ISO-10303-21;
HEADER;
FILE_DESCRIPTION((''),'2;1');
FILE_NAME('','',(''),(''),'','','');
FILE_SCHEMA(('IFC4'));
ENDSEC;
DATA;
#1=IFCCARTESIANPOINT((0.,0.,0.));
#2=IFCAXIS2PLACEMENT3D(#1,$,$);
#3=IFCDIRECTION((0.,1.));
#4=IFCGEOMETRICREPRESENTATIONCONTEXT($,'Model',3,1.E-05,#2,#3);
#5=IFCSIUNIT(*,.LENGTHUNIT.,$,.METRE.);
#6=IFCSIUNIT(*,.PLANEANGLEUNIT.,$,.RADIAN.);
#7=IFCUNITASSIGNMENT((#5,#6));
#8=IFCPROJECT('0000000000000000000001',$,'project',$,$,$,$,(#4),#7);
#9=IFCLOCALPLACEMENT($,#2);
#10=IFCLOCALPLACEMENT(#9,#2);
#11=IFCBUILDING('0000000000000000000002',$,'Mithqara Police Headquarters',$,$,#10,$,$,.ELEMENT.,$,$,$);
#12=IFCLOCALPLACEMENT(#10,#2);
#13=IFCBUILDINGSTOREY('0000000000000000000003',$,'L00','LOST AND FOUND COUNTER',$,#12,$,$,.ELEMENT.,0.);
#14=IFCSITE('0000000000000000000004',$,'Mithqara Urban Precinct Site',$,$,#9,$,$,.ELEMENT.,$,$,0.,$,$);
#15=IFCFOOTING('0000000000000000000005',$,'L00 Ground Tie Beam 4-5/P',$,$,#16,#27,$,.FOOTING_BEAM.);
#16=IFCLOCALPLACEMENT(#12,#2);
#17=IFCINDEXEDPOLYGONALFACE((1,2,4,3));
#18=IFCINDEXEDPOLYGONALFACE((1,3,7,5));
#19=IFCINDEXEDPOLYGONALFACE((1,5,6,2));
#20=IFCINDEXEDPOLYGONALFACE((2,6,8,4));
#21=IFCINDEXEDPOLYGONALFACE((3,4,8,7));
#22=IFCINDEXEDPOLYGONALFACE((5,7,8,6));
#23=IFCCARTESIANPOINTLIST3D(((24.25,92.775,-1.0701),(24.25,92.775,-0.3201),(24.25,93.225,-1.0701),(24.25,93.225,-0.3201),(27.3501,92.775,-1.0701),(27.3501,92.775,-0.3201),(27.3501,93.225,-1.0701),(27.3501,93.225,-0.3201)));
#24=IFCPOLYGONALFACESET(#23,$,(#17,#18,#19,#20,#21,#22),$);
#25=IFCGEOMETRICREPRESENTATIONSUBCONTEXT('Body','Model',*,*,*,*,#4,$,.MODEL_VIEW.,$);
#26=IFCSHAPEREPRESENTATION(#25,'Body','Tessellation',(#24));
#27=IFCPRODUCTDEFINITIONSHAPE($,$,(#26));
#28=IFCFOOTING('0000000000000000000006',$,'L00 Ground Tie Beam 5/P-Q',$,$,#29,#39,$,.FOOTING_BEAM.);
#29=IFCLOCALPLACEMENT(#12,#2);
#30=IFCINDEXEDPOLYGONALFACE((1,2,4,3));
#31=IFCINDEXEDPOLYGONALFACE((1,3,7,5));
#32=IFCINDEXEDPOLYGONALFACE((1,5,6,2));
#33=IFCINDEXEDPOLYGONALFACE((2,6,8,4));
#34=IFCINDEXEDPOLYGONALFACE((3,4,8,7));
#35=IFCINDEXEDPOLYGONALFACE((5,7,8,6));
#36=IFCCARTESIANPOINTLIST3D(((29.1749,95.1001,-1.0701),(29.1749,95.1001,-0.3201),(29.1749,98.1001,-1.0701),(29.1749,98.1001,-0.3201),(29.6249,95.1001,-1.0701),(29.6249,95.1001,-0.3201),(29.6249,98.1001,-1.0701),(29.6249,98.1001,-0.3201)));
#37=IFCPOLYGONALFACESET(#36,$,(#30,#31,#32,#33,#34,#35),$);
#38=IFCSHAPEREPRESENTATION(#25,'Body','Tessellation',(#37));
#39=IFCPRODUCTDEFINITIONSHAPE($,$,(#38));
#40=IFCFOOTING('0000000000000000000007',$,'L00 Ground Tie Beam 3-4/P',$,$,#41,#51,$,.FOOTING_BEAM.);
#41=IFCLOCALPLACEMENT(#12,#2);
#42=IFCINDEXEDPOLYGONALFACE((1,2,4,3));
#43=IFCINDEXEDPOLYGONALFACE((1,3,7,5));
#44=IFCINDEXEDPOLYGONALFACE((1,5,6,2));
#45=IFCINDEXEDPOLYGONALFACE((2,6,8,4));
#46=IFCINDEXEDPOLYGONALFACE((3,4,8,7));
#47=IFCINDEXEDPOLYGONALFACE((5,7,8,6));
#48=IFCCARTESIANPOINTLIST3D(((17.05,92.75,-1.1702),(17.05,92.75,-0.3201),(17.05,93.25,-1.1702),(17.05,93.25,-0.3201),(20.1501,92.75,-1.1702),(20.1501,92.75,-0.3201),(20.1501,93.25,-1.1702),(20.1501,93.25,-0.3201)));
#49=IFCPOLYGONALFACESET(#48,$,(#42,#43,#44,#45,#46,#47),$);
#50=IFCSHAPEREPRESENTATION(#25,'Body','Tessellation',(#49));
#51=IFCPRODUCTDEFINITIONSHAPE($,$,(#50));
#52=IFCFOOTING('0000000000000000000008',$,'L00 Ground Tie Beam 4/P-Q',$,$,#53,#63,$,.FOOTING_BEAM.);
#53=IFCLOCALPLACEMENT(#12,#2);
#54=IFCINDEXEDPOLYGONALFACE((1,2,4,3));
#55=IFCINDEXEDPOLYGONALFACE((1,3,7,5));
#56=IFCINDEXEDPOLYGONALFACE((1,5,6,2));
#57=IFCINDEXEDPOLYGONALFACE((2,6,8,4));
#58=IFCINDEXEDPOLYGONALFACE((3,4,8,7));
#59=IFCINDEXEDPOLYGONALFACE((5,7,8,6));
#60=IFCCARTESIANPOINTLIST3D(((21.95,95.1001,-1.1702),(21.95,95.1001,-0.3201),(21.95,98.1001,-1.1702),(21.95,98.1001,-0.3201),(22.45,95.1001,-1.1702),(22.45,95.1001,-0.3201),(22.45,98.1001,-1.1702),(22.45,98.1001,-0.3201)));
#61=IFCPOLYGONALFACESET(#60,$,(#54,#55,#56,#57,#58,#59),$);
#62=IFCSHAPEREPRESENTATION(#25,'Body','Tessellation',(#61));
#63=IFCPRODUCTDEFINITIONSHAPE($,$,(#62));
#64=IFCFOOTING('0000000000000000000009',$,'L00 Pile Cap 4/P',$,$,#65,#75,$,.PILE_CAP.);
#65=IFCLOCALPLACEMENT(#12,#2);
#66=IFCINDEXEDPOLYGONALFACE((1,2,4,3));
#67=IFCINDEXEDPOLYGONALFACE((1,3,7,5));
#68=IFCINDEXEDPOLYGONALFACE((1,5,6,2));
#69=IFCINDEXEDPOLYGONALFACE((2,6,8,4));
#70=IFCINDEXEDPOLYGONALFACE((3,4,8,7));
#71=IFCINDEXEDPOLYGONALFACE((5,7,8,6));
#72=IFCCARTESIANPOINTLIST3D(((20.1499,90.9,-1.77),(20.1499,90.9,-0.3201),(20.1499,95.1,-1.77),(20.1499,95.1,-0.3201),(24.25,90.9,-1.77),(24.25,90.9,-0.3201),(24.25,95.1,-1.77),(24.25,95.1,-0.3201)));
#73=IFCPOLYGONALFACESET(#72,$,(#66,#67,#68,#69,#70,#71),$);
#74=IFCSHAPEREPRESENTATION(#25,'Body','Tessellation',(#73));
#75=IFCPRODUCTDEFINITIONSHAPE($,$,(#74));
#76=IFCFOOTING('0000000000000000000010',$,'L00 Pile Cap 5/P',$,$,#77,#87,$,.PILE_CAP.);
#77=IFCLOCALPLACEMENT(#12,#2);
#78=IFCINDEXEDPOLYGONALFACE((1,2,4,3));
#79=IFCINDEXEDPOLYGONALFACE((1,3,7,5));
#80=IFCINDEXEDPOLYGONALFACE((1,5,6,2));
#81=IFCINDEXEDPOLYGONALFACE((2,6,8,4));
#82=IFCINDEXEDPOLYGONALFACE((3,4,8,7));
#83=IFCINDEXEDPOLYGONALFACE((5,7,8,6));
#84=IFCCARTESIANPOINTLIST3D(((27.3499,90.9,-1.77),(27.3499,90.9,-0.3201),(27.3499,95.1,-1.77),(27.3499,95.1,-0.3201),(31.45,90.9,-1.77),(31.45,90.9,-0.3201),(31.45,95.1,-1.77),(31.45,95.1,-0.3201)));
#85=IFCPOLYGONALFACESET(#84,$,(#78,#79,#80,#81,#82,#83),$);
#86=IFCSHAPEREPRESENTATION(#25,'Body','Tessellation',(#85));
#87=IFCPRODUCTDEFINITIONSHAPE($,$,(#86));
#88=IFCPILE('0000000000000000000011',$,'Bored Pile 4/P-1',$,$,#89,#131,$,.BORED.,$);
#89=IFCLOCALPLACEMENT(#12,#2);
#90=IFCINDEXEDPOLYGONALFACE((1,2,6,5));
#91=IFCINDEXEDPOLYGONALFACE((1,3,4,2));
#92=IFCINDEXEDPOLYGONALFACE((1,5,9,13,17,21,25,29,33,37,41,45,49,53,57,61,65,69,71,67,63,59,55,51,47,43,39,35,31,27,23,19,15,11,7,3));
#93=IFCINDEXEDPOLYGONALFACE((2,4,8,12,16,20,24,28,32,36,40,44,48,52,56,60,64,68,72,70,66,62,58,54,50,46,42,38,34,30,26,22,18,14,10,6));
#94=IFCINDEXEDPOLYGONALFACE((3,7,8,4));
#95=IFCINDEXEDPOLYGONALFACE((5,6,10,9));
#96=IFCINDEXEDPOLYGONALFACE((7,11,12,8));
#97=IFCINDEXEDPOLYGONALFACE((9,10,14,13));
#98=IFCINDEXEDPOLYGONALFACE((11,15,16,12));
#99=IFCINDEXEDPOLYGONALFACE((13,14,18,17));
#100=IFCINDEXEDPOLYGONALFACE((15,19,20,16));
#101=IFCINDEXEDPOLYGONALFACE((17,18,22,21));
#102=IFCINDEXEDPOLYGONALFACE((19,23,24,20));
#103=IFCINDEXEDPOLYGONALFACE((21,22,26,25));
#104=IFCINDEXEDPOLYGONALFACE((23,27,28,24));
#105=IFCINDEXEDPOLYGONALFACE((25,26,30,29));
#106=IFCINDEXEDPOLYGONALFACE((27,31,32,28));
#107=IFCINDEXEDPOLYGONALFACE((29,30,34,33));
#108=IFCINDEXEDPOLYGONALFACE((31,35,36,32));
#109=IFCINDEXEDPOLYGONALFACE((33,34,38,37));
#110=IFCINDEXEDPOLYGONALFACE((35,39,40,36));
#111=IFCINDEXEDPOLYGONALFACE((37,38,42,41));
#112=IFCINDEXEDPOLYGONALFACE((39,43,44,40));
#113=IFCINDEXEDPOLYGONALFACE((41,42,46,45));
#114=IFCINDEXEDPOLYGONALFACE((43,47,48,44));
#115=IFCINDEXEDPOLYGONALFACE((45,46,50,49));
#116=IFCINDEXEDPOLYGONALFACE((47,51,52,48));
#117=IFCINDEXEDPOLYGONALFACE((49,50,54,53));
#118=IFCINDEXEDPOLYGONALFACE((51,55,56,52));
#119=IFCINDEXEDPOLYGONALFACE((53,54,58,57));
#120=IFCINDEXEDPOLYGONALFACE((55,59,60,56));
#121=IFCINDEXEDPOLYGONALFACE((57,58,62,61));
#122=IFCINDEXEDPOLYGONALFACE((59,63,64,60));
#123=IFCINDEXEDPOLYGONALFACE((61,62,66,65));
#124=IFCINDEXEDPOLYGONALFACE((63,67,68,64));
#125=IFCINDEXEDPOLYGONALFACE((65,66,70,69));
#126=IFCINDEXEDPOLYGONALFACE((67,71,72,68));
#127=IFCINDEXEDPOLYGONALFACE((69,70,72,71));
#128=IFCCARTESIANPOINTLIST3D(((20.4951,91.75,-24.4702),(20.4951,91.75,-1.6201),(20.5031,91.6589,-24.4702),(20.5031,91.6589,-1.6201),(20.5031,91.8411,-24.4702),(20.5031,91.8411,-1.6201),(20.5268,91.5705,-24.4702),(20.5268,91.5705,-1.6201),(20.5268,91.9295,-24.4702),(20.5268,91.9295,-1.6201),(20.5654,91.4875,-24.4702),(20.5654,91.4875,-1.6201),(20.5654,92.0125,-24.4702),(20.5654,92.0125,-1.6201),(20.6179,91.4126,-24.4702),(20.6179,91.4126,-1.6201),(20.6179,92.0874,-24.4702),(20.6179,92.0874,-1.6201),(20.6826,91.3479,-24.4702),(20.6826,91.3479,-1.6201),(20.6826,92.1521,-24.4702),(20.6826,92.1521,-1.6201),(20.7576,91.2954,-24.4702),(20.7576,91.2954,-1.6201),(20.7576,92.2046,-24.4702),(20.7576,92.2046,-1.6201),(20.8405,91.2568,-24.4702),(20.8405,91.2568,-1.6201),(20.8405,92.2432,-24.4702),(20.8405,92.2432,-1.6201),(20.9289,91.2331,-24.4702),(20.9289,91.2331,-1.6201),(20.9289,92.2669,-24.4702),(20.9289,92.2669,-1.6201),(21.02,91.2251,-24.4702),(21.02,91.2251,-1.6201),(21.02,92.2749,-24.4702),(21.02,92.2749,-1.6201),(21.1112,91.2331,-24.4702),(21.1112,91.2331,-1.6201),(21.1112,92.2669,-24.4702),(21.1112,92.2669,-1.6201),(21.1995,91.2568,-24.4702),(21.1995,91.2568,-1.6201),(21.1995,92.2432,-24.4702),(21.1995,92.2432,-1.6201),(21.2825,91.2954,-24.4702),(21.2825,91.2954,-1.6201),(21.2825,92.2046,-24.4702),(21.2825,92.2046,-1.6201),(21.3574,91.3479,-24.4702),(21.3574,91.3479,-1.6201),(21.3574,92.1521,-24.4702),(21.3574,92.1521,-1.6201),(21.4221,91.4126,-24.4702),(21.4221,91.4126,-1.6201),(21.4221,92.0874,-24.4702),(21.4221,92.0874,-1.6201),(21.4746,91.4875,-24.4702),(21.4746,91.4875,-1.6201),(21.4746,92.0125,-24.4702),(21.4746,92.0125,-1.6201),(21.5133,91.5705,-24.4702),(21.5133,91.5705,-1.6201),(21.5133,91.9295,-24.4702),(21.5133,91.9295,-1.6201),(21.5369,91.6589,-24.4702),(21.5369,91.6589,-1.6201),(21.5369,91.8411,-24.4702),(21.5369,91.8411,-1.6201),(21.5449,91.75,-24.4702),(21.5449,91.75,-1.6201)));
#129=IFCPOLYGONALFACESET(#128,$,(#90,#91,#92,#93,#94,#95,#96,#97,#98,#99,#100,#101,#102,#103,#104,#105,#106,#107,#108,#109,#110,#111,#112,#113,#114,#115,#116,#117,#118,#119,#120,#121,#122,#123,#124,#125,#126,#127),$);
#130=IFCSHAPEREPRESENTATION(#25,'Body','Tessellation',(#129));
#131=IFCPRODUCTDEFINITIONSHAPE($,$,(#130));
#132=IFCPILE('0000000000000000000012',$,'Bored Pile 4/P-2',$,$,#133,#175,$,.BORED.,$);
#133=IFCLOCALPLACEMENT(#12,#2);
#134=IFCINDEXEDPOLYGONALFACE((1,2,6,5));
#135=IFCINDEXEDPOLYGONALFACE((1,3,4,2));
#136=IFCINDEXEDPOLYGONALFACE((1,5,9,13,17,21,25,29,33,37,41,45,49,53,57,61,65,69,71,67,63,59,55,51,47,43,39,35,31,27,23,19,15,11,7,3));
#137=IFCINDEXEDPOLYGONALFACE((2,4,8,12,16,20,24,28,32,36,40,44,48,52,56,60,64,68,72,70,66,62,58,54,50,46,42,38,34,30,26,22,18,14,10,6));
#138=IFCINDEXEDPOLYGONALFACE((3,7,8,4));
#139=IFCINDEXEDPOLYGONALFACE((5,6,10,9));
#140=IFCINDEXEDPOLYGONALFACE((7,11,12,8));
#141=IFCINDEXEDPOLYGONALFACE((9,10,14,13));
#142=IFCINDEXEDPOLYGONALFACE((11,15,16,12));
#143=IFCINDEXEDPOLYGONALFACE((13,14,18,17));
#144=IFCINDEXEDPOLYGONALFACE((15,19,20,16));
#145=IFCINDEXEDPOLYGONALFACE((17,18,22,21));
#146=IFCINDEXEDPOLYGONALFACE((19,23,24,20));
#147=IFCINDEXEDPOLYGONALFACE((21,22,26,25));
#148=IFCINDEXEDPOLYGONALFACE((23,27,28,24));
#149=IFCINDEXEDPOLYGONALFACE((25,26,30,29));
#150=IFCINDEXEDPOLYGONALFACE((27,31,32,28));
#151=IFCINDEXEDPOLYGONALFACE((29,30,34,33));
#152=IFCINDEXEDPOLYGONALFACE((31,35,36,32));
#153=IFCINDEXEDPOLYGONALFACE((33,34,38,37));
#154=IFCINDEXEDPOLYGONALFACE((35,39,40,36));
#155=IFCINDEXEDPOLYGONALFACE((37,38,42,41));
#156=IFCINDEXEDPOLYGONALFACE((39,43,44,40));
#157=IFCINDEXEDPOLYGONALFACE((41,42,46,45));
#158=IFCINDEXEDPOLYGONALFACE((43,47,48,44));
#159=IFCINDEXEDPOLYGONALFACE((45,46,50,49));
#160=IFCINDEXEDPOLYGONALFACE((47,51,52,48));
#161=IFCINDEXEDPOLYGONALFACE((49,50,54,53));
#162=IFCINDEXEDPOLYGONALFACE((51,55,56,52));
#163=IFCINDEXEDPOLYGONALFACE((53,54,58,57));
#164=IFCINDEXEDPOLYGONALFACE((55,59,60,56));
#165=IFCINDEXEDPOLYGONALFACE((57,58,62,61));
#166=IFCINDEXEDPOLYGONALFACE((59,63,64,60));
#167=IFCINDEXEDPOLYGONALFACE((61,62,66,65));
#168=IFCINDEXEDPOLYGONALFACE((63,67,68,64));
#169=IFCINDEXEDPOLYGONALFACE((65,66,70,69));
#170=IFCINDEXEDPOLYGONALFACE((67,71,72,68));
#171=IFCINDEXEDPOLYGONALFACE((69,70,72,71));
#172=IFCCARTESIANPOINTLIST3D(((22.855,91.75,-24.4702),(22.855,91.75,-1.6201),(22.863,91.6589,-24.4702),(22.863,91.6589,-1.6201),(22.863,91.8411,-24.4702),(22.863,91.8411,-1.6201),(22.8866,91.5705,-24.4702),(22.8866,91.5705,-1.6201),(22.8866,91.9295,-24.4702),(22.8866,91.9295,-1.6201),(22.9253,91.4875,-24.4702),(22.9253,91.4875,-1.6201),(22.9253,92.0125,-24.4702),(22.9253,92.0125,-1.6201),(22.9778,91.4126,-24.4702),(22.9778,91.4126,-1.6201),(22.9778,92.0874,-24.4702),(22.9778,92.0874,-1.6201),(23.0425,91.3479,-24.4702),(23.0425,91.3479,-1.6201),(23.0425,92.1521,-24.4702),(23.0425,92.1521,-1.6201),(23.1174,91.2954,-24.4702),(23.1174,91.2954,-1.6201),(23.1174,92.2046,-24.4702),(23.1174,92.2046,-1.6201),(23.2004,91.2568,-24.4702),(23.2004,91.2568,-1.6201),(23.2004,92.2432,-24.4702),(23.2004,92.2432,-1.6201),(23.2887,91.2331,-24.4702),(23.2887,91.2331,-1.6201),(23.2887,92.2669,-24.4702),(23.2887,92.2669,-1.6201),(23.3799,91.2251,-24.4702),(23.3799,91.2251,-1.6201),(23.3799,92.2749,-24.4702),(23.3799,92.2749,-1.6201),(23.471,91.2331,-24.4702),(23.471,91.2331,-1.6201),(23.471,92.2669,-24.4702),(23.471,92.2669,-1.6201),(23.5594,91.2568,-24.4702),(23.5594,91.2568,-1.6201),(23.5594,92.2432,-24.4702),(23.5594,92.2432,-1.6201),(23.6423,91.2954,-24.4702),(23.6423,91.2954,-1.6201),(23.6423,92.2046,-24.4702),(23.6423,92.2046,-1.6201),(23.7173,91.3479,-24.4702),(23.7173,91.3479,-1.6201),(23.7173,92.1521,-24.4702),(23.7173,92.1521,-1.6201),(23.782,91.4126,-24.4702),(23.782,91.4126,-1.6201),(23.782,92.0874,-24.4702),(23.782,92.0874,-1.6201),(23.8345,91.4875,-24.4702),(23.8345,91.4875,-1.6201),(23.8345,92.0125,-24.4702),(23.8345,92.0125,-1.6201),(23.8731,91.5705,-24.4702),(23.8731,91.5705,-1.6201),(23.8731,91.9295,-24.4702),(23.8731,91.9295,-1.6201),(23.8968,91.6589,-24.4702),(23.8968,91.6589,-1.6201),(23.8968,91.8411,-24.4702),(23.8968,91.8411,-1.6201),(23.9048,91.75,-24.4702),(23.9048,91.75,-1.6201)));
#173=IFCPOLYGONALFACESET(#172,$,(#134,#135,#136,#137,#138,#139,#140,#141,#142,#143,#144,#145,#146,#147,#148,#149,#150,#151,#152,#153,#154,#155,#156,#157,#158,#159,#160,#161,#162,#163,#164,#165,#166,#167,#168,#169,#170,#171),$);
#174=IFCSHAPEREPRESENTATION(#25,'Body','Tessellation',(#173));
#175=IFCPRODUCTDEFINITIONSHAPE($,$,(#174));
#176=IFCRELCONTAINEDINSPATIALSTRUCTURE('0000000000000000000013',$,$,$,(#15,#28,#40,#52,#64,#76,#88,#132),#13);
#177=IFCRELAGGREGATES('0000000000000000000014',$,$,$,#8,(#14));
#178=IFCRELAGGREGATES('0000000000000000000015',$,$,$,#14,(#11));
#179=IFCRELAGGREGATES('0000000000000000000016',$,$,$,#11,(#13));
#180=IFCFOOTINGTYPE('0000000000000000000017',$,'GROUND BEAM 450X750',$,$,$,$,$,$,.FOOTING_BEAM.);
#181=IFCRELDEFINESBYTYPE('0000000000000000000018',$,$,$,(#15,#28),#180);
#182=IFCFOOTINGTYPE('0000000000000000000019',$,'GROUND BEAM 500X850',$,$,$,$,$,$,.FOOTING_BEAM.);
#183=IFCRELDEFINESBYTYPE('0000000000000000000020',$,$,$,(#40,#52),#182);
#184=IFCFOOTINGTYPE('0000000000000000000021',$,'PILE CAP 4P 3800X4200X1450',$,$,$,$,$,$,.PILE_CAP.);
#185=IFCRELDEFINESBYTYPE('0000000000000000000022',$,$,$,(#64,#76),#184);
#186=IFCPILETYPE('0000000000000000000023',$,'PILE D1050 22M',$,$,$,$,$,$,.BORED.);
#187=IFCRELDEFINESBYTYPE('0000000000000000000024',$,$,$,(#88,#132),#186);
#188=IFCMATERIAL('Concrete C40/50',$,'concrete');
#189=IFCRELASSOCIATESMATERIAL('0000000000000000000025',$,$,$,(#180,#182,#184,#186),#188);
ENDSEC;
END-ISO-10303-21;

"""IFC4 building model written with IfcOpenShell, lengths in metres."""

from ifc_helpers import new_model, si_unit, direction, frame, origin, origin_2d, place, context, subcontext, project, spatial, rectangle, circle, extrude, material, material_profile, profile_set, type_object, element, save


model = new_model("IFC4")

# Units and contexts
model_context = context("Model", 3, precision=1e-05, world=origin(), true_north=direction((0.0, 1.0)))
body_context = subcontext(model_context, "Body", "Model", "MODEL_VIEW")
ifc_project = project(units=[si_unit("LENGTHUNIT", "METRE"), si_unit("PLANEANGLEUNIT", "RADIAN")], contexts=[model_context])

# Site, building, storey
site_placement = place(None, origin())
site = spatial("IfcSite", under=ifc_project, at=site_placement, Name="Mithqara Urban Precinct Site", CompositionType="ELEMENT", RefElevation=0.0)
building_placement = place(site_placement, origin())
building = spatial("IfcBuilding", under=site, at=building_placement, Name="Mithqara Police Headquarters", CompositionType="ELEMENT")
storey_placement = place(building_placement, origin())
storey = spatial("IfcBuildingStorey", under=building, at=storey_placement, Name="L00", Description="LOST AND FOUND COUNTER", CompositionType="ELEMENT", Elevation=0.0)

# Footings
ifc_material_1 = material(Name="Concrete C40/50", Category="concrete")
footing_type_1 = type_object("IfcFootingType", Name="GROUND BEAM 450X750", PredefinedType="FOOTING_BEAM", material=ifc_material_1)
footing_1_placement = place(storey_placement, frame((25.8, 93.0, -1.0701), z_axis=(0.0, 0.0, 1.0), x_axis=(1.0, 0.0, 0.0)))
element("IfcFooting", 1, at=footing_1_placement, inside=storey, type_object=footing_type_1, Name="L00 Ground Tie Beam 4-5/P", PredefinedType="FOOTING_BEAM", context=body_context, shape_type="SweptSolid", body=[
    extrude(rectangle(XDim=3.1001, YDim=0.45, at=origin_2d()), origin(), (0.0, 0.0, 1.0), 0.75),
])
footing_2_placement = place(storey_placement, frame((29.3999, 96.6001, -1.0701), z_axis=(0.0, 0.0, 1.0), x_axis=(1.0, 0.0, 0.0)))
element("IfcFooting", 2, at=footing_2_placement, inside=storey, type_object=footing_type_1, Name="L00 Ground Tie Beam 5/P-Q", PredefinedType="FOOTING_BEAM", context=body_context, shape_type="SweptSolid", body=[
    extrude(rectangle(XDim=0.45, YDim=3.0, at=origin_2d()), origin(), (0.0, 0.0, 1.0), 0.75),
])
footing_type_2 = type_object("IfcFootingType", Name="GROUND BEAM 500X850", PredefinedType="FOOTING_BEAM", material=ifc_material_1)
footing_3_placement = place(storey_placement, frame((18.6001, 93.0, -1.1702), z_axis=(0.0, 0.0, 1.0), x_axis=(1.0, 0.0, 0.0)))
element("IfcFooting", 3, at=footing_3_placement, inside=storey, type_object=footing_type_2, Name="L00 Ground Tie Beam 3-4/P", PredefinedType="FOOTING_BEAM", context=body_context, shape_type="SweptSolid", body=[
    extrude(rectangle(XDim=3.1001, YDim=0.5, at=origin_2d()), origin(), (0.0, 0.0, 1.0), 0.8501),
])
footing_4_placement = place(storey_placement, frame((22.2, 96.6001, -1.1702), z_axis=(0.0, 0.0, 1.0), x_axis=(1.0, 0.0, 0.0)))
element("IfcFooting", 4, at=footing_4_placement, inside=storey, type_object=footing_type_2, Name="L00 Ground Tie Beam 4/P-Q", PredefinedType="FOOTING_BEAM", context=body_context, shape_type="SweptSolid", body=[
    extrude(rectangle(XDim=0.5, YDim=3.0, at=origin_2d()), origin(), (0.0, 0.0, 1.0), 0.8501),
])
footing_type_3 = type_object("IfcFootingType", Name="PILE CAP 4P 3800X4200X1450", PredefinedType="PILE_CAP", material=ifc_material_1)
for number, where, z_axis, x_axis, name in (
    (5, (22.2, 93.0, -1.77), (0.0, 0.0, 1.0), (1.0, 0.0, 0.0), "L00 Pile Cap 4/P"),
    (6, (29.3999, 93.0, -1.77), (0.0, 0.0, 1.0), (1.0, 0.0, 0.0), "L00 Pile Cap 5/P"),
):
    element("IfcFooting", number, at=place(storey_placement, frame(where, z_axis=z_axis, x_axis=x_axis)), inside=storey, type_object=footing_type_3, Name=name, PredefinedType="PILE_CAP", context=body_context, shape_type="SweptSolid", body=[
        extrude(rectangle(XDim=4.1001, YDim=4.2, at=origin_2d()), origin(), (0.0, 0.0, 1.0), 1.45),
    ])

# Piles
ifc_material_profile_1 = material_profile(ifc_material_1, circle(Radius=0.5249, at=origin_2d()), Name="PILE D1050")
ifc_profile_set_1 = profile_set([ifc_material_profile_1], Name="Concrete C40/50")
pile_type = type_object("IfcPileType", Name="PILE D1050 22M", PredefinedType="BORED", material=ifc_profile_set_1)
for number, where, z_axis, x_axis, name in (
    (7, (21.02, 91.75, -1.6201), (0.0, 0.0, -1.0), (1.0, 0.0, 0.0), "Bored Pile 4/P-1"),
    (8, (23.3799, 91.75, -1.6201), (0.0, 0.0, -1.0), (1.0, 0.0, 0.0), "Bored Pile 4/P-2"),
):
    element("IfcPile", number, at=place(storey_placement, frame(where, z_axis=z_axis, x_axis=x_axis)), inside=storey, type_object=pile_type, Name=name, PredefinedType="BORED", context=body_context, shape_type="SweptSolid", body=[
        extrude(circle(Radius=0.5249, at=origin_2d()), origin(), (0.0, 0.0, 1.0), 22.8501),
    ])

save(model, "model.ifc")
